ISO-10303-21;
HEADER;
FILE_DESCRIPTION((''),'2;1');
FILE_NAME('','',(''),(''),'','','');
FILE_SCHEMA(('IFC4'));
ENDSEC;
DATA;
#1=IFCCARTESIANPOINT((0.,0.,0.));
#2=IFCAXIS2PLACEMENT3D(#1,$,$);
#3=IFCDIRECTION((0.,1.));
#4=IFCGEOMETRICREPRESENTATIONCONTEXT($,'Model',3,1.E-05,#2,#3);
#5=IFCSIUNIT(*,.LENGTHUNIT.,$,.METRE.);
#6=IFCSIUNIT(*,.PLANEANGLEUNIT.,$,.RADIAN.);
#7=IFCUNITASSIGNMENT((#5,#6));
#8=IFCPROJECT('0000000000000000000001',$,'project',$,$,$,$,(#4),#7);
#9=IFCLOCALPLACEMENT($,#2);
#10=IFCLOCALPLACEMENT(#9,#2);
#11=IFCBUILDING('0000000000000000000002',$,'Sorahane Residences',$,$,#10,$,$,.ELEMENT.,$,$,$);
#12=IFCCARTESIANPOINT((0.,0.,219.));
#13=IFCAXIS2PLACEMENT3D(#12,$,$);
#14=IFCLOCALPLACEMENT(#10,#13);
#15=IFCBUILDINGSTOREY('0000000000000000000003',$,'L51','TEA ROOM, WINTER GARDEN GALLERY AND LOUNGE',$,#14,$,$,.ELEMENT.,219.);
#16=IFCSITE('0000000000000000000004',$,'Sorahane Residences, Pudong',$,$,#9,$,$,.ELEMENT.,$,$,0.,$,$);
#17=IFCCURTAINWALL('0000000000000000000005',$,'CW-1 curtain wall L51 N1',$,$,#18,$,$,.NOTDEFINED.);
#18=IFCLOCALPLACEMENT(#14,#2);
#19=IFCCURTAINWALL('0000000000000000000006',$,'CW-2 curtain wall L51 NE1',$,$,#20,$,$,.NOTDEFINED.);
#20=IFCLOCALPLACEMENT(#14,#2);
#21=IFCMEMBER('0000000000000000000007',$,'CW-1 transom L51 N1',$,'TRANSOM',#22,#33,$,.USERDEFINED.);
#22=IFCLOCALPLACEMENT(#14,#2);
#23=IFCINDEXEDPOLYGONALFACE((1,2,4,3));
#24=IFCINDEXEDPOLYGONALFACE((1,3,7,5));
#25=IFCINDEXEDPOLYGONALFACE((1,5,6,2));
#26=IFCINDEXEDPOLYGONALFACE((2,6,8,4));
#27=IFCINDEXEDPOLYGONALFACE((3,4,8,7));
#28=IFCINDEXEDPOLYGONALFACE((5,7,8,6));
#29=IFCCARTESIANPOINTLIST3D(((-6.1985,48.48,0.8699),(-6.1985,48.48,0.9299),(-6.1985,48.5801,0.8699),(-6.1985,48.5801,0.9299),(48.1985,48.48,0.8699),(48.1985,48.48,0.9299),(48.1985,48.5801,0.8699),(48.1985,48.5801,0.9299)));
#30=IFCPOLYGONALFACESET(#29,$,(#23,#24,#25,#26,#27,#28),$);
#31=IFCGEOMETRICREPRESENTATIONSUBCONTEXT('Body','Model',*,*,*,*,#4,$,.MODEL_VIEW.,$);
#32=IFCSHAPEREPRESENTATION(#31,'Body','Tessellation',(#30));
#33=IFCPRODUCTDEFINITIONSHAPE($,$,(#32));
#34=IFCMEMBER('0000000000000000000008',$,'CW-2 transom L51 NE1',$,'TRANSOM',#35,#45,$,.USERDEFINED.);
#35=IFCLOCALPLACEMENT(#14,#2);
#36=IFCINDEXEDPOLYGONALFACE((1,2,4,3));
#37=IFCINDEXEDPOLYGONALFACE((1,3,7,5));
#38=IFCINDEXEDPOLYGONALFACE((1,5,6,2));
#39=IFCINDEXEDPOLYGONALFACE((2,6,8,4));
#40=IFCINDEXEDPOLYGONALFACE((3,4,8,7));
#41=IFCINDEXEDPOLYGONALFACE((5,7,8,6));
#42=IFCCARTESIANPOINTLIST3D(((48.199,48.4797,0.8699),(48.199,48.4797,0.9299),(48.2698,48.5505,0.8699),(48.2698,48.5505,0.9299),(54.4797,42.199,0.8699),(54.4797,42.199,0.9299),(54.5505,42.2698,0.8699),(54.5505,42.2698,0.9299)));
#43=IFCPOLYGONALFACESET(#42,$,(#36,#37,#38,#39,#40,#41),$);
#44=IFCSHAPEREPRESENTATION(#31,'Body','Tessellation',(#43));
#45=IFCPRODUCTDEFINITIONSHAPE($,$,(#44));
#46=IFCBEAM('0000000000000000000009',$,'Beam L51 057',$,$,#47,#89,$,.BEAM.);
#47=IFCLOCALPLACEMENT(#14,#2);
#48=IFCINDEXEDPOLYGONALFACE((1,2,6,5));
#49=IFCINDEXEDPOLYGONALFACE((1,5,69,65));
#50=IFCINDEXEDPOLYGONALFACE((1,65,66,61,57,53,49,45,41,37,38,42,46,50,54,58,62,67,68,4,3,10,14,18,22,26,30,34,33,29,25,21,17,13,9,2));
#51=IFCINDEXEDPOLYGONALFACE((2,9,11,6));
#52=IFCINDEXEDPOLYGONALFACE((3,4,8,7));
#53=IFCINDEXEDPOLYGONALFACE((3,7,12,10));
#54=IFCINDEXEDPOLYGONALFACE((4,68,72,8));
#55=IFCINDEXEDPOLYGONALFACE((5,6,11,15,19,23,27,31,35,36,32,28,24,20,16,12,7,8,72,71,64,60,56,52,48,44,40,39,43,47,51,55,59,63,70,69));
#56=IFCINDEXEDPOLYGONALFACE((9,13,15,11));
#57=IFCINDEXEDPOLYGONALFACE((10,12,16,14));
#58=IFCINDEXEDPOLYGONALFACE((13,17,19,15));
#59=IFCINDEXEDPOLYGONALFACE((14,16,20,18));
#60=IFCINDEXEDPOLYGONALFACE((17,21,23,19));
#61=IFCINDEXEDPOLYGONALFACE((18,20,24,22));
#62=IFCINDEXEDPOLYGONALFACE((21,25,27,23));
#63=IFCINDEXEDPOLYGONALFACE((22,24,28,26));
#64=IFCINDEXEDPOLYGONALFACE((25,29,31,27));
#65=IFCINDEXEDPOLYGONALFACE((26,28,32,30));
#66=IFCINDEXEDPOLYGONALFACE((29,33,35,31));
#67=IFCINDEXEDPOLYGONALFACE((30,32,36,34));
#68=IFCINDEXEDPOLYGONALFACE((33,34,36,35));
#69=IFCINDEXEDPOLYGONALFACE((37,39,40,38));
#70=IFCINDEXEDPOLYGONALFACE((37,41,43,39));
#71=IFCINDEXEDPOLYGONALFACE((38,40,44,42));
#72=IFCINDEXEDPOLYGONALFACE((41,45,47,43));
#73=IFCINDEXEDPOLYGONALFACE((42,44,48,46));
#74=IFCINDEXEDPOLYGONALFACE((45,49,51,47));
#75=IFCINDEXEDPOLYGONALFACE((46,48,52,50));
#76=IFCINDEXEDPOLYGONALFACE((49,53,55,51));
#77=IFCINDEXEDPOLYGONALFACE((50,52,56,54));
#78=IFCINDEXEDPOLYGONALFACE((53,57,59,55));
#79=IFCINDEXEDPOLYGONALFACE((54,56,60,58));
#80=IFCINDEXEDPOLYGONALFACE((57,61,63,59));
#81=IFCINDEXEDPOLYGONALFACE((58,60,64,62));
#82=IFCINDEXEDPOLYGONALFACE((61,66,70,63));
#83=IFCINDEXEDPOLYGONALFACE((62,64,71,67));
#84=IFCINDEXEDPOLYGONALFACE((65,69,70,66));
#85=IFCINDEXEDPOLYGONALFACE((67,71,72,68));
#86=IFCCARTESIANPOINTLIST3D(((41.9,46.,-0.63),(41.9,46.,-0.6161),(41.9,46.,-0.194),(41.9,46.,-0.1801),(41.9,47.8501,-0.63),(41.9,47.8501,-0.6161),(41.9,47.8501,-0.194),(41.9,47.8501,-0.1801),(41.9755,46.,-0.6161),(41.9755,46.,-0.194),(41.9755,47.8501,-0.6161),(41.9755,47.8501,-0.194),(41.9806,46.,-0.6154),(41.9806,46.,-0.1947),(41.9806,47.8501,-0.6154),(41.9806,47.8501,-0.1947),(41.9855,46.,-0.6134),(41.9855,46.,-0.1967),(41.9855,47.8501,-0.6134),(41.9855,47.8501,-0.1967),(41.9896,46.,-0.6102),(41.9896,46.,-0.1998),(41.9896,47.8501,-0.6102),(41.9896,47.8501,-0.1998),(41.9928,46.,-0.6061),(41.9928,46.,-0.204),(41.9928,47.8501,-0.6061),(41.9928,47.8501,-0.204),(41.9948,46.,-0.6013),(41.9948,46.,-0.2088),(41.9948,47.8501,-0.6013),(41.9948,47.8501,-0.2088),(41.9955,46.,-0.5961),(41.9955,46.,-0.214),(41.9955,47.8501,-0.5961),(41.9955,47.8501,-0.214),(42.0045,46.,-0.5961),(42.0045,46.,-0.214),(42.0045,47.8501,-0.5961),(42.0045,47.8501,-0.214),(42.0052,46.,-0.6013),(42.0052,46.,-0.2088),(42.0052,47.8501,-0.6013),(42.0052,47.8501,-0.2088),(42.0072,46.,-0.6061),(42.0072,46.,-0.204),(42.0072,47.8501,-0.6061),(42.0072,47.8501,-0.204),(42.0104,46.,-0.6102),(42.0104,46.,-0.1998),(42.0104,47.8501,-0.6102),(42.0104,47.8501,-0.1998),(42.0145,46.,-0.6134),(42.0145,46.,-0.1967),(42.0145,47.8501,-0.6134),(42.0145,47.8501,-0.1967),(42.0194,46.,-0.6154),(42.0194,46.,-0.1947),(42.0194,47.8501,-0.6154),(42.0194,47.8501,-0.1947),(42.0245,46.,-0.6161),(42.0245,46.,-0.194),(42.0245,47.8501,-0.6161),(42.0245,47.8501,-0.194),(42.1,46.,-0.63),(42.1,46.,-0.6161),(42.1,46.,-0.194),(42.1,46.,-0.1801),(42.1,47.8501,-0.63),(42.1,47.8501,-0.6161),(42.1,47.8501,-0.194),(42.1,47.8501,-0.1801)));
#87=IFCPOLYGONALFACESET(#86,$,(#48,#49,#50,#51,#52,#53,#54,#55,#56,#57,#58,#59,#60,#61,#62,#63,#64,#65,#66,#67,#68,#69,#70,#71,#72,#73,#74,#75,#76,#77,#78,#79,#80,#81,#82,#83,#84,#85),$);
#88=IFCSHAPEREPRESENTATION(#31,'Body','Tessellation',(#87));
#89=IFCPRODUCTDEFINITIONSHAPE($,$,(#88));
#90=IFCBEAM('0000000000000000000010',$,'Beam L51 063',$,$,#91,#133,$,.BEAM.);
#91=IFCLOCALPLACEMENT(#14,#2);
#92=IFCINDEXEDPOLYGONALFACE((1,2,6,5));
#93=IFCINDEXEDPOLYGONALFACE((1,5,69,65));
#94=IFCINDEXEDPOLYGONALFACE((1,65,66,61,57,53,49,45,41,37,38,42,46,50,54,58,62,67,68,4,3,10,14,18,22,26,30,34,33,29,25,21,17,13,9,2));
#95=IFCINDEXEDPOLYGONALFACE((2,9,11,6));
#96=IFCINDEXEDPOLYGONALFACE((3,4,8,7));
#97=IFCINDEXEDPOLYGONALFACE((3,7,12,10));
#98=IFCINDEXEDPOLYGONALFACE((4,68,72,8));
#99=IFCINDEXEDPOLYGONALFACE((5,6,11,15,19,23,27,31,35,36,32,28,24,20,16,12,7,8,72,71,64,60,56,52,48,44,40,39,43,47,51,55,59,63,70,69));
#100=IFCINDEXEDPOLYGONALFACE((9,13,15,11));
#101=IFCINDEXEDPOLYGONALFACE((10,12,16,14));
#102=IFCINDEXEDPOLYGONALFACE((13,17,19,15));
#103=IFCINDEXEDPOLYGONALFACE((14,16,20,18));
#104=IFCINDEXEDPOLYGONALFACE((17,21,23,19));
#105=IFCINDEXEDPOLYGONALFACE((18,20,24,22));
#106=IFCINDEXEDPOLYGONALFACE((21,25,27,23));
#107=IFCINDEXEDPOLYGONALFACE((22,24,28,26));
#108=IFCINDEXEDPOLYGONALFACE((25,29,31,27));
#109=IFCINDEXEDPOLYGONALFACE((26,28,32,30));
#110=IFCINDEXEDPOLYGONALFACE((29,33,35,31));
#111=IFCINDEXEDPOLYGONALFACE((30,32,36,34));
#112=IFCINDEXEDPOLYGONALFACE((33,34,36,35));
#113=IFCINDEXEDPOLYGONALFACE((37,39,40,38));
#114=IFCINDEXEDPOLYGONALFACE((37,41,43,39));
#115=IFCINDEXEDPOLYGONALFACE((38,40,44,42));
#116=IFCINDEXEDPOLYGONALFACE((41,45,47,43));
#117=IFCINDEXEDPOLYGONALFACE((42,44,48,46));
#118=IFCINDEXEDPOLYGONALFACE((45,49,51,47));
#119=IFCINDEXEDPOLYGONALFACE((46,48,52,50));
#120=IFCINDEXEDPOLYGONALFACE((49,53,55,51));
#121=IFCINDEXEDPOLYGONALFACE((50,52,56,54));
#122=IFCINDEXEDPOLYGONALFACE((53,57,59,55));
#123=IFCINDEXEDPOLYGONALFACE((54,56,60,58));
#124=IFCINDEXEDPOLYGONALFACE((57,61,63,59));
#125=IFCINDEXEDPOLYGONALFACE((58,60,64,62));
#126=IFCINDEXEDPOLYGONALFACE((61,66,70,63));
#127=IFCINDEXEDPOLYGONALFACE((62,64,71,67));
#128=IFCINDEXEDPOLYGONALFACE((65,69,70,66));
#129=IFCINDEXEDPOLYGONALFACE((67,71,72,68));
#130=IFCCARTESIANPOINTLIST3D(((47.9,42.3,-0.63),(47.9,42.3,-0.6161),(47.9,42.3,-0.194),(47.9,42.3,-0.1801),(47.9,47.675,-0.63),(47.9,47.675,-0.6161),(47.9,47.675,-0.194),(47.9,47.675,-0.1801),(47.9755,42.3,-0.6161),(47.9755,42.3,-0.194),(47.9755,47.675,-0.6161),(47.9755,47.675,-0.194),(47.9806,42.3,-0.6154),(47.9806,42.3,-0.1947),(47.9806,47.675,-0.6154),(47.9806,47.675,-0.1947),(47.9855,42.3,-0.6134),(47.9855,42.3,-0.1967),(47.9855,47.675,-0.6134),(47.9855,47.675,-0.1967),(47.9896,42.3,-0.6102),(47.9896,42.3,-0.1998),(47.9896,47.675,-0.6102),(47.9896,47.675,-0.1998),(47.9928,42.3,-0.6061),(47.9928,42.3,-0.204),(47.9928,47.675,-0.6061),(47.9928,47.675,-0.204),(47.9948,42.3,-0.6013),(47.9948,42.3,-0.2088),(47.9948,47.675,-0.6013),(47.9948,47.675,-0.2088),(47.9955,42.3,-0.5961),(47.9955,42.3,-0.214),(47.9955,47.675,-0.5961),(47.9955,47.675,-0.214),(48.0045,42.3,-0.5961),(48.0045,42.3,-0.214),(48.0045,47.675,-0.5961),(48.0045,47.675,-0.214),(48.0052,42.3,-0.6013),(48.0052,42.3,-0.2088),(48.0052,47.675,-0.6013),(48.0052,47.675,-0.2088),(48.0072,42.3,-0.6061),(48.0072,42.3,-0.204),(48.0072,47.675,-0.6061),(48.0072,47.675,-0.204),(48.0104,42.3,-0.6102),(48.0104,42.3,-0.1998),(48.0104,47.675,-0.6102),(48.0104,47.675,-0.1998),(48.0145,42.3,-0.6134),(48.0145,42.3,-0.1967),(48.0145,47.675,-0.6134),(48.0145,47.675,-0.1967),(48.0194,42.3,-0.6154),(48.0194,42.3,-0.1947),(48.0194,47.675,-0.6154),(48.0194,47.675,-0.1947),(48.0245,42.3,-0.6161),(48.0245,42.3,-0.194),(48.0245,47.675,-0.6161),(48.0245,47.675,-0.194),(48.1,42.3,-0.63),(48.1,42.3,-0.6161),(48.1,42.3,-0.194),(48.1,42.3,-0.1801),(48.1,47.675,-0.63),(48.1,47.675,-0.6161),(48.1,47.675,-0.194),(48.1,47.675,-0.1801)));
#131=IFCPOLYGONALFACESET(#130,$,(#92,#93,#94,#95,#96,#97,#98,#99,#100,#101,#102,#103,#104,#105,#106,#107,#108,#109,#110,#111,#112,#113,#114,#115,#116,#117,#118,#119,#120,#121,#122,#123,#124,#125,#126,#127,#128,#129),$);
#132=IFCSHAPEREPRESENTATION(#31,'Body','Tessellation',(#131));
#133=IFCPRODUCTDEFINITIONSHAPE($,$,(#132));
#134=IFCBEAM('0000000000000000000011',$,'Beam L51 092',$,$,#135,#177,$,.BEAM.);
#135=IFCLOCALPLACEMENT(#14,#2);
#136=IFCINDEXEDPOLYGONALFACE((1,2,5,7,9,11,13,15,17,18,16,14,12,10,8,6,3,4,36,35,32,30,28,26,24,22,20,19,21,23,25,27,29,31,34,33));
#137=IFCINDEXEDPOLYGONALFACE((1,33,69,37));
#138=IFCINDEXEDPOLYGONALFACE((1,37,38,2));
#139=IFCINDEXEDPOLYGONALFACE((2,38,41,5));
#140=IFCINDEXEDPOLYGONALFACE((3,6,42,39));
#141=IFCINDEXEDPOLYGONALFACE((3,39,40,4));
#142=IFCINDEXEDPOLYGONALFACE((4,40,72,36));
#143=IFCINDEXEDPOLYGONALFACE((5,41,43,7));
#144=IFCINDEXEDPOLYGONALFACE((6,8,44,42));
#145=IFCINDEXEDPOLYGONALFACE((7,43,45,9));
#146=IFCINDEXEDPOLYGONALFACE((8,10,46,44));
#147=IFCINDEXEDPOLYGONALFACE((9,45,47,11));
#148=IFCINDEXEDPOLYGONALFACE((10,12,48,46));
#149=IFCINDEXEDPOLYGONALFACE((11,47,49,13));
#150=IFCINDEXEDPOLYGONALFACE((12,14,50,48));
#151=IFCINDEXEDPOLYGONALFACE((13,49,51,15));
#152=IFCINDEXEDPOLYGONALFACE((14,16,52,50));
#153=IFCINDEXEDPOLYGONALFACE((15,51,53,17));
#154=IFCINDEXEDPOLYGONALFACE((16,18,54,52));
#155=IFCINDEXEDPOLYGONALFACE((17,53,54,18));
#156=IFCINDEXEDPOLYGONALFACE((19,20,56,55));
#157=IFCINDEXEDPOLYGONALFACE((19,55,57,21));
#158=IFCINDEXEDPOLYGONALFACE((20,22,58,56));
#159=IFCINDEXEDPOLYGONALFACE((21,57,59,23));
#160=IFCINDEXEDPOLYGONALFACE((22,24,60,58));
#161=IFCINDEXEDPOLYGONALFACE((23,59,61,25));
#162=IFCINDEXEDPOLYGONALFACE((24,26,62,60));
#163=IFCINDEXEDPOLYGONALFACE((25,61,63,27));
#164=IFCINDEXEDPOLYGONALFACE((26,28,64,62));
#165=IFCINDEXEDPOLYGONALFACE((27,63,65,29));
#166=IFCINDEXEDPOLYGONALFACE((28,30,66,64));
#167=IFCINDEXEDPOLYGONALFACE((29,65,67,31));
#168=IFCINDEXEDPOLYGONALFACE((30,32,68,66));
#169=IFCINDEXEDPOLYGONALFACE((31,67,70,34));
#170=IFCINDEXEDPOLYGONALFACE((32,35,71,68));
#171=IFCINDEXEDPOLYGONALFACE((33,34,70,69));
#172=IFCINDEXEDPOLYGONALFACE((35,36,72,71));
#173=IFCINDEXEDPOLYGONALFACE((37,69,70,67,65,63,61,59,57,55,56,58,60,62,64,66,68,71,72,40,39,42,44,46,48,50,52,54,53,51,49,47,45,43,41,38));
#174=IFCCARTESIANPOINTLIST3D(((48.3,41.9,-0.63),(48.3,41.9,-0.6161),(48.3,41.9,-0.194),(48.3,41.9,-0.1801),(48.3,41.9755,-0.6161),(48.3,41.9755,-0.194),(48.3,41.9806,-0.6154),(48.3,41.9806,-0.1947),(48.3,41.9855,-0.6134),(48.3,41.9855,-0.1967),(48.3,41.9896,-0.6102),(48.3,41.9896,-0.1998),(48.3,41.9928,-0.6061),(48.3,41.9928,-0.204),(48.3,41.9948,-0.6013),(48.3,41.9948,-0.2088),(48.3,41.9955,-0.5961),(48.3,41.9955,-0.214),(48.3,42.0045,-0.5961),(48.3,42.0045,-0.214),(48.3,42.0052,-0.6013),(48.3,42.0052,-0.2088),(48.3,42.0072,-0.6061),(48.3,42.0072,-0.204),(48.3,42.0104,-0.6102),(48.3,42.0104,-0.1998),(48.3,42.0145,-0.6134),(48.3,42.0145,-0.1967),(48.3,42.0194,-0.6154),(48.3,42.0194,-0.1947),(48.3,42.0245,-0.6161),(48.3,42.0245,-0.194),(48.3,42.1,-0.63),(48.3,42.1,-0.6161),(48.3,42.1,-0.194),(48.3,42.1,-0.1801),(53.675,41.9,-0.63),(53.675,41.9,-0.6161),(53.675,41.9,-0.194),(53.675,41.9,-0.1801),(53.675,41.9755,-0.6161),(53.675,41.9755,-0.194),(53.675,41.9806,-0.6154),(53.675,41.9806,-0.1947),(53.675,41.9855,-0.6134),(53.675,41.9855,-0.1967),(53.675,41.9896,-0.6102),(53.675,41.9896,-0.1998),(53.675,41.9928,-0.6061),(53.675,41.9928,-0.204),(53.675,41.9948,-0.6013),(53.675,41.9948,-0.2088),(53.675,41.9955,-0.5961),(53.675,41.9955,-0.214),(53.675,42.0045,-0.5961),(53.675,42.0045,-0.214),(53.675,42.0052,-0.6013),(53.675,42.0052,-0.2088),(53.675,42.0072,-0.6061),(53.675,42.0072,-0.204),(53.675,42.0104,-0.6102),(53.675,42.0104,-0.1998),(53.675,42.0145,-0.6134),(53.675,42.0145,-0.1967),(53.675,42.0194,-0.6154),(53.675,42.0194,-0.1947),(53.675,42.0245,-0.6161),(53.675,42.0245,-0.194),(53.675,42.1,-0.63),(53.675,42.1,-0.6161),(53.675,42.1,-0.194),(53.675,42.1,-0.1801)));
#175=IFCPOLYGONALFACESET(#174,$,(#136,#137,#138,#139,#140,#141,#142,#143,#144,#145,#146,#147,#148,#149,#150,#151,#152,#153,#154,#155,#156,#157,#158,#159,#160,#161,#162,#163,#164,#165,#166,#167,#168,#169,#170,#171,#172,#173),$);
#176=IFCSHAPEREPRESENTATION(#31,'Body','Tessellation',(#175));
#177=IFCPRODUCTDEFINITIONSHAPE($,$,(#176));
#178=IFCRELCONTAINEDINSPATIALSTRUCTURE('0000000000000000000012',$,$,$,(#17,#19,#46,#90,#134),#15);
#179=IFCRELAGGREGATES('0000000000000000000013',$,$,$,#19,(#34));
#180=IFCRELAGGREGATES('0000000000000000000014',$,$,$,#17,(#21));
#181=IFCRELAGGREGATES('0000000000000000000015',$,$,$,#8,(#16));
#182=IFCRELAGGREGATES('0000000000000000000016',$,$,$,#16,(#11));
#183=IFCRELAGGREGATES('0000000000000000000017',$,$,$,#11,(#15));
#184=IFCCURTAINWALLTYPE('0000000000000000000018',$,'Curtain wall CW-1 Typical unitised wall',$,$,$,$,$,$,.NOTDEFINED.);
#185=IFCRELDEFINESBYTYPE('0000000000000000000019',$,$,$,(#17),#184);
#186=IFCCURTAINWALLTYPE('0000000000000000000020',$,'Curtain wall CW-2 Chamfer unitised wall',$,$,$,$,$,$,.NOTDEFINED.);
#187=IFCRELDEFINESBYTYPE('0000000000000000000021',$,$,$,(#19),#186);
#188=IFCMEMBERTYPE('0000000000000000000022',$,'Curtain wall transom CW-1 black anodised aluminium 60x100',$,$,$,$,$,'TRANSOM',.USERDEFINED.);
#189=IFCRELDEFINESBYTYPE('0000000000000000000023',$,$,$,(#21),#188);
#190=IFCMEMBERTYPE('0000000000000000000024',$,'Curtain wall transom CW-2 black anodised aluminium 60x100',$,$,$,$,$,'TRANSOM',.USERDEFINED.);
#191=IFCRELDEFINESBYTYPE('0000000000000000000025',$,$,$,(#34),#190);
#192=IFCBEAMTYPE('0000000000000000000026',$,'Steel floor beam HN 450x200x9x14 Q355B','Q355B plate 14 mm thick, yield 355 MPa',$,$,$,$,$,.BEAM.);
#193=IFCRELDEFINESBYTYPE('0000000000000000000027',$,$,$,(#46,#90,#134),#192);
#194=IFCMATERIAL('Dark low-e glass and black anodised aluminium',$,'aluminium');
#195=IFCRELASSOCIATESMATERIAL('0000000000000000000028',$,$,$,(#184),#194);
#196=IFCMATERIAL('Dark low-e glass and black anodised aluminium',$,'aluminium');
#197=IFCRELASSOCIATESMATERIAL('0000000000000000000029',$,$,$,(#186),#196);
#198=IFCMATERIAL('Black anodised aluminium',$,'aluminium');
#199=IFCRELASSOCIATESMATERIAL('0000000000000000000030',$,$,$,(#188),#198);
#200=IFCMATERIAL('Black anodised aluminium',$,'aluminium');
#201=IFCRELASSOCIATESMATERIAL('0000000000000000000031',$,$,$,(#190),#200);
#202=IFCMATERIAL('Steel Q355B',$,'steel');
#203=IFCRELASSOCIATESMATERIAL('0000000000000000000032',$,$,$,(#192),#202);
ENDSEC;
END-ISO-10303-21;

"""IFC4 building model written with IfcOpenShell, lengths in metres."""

from ifc_helpers import new_model, si_unit, direction, frame, origin, origin_2d, place, context, subcontext, project, spatial, rectangle, i_section, extrude, material, material_profile, profile_set, type_object, element, aggregate, save


model = new_model("IFC4")

# Units and contexts
model_context = context("Model", 3, precision=1e-05, world=origin(), true_north=direction((0.0, 1.0)))
body_context = subcontext(model_context, "Body", "Model", "MODEL_VIEW")
ifc_project = project(units=[si_unit("LENGTHUNIT", "METRE"), si_unit("PLANEANGLEUNIT", "RADIAN")], contexts=[model_context])

# Site, building, storey
site_placement = place(None, origin())
site = spatial("IfcSite", under=ifc_project, at=site_placement, Name="Sorahane Residences, Pudong", CompositionType="ELEMENT", RefElevation=0.0)
building_placement = place(site_placement, origin())
building = spatial("IfcBuilding", under=site, at=building_placement, Name="Sorahane Residences", CompositionType="ELEMENT")
storey_placement = place(building_placement, frame((0.0, 0.0, 219.0)))
storey = spatial("IfcBuildingStorey", under=building, at=storey_placement, Name="L51", Description="TEA ROOM, WINTER GARDEN GALLERY AND LOUNGE", CompositionType="ELEMENT", Elevation=219.0)

# Curtain wall
ifc_material_1 = material(Name="Dark low-e glass and black anodised aluminium", Category="aluminium")
curtain_wall_type_1 = type_object("IfcCurtainWallType", Name="Curtain wall CW-1 Typical unitised wall", PredefinedType="NOTDEFINED", material=ifc_material_1)
curtain_wall_1_placement = place(storey_placement, origin())
curtain_wall_1 = element("IfcCurtainWall", 1, at=curtain_wall_1_placement, inside=storey, type_object=curtain_wall_type_1, Name="CW-1 curtain wall L51 N1", PredefinedType="NOTDEFINED")

# Curtain wall
ifc_material_2 = material(Name="Dark low-e glass and black anodised aluminium", Category="aluminium")
curtain_wall_type_2 = type_object("IfcCurtainWallType", Name="Curtain wall CW-2 Chamfer unitised wall", PredefinedType="NOTDEFINED", material=ifc_material_2)
curtain_wall_2_placement = place(storey_placement, origin())
curtain_wall_2 = element("IfcCurtainWall", 2, at=curtain_wall_2_placement, inside=storey, type_object=curtain_wall_type_2, Name="CW-2 curtain wall L51 NE1", PredefinedType="NOTDEFINED")

# Members
ifc_material_3 = material(Name="Black anodised aluminium", Category="aluminium")
ifc_material_profile_1 = material_profile(ifc_material_3, rectangle(XDim=0.1001, YDim=0.0601, at=origin_2d()), Name="Curtain wall transom CW-1 black anodised aluminium 60x100")
ifc_profile_set_1 = profile_set([ifc_material_profile_1], Name="Black anodised aluminium")
member_type_1 = type_object("IfcMemberType", Name="Curtain wall transom CW-1 black anodised aluminium 60x100", ElementType="TRANSOM", PredefinedType="USERDEFINED", material=ifc_profile_set_1)
member_1_placement = place(storey_placement, frame((48.1985, 48.53, 0.8999), z_axis=(-1.0, 0.0, 0.0), x_axis=(0.0, -1.0, 0.0)))
member_1 = element("IfcMember", 3, at=member_1_placement, type_object=member_type_1, Name="CW-1 transom L51 N1", ObjectType="TRANSOM", PredefinedType="USERDEFINED", context=body_context, shape_type="SweptSolid", body=[
    extrude(rectangle(XDim=0.1001, YDim=0.0601, at=origin_2d()), origin(), (0.0, 0.0, 1.0), 54.397),
])
ifc_material_4 = material(Name="Black anodised aluminium", Category="aluminium")
ifc_material_profile_2 = material_profile(ifc_material_4, rectangle(XDim=0.1001, YDim=0.0601, at=origin_2d()), Name="Curtain wall transom CW-2 black anodised aluminium 60x100")
ifc_profile_set_2 = profile_set([ifc_material_profile_2], Name="Black anodised aluminium")
member_type_2 = type_object("IfcMemberType", Name="Curtain wall transom CW-2 black anodised aluminium 60x100", ElementType="TRANSOM", PredefinedType="USERDEFINED", material=ifc_profile_set_2)
member_2_placement = place(storey_placement, frame((54.5151, 42.2344, 0.8999), z_axis=(-0.707107, 0.707107, 0.0), x_axis=(-0.707107, -0.707107, 0.0)))
member_2 = element("IfcMember", 4, at=member_2_placement, type_object=member_type_2, Name="CW-2 transom L51 NE1", ObjectType="TRANSOM", PredefinedType="USERDEFINED", context=body_context, shape_type="SweptSolid", body=[
    extrude(rectangle(XDim=0.1001, YDim=0.0601, at=origin_2d()), origin(), (0.0, 0.0, 1.0), 8.8823),
])

# Beams
ifc_material_5 = material(Name="Steel Q355B", Category="steel")
ifc_material_profile_3 = material_profile(ifc_material_5, i_section(OverallWidth=0.2, OverallDepth=0.45, WebThickness=0.009, FlangeThickness=0.0139, FilletRadius=0.02, at=origin_2d()), Name="HN 450x200x9x14")
ifc_profile_set_3 = profile_set([ifc_material_profile_3], Name="Steel Q355B")
beam_type_1 = type_object("IfcBeamType", Name="Steel floor beam HN 450x200x9x14 Q355B", Description="Q355B plate 14 mm thick, yield 355 MPa", PredefinedType="BEAM", material=ifc_profile_set_3)
beam_1_placement = place(storey_placement, frame((42.0, 46.0, -0.405), z_axis=(0.0, 1.0, 0.0), x_axis=(-1.0, 0.0, 0.0)))
element("IfcBeam", 5, at=beam_1_placement, inside=storey, type_object=beam_type_1, Name="Beam L51 057", PredefinedType="BEAM", context=body_context, shape_type="SweptSolid", body=[
    extrude(i_section(OverallWidth=0.2, OverallDepth=0.45, WebThickness=0.009, FlangeThickness=0.0139, FilletRadius=0.02, at=origin_2d()), origin(), (0.0, 0.0, 1.0), 1.8501),
])
for number, where, z_axis, x_axis, name in (
    (6, (48.0, 42.3, -0.405), (0.0, 1.0, 0.0), (-1.0, 0.0, 0.0), "Beam L51 063"),
    (7, (48.3, 42.0, -0.405), (1.0, 0.0, 0.0), (0.0, 1.0, 0.0), "Beam L51 092"),
):
    element("IfcBeam", number, at=place(storey_placement, frame(where, z_axis=z_axis, x_axis=x_axis)), inside=storey, type_object=beam_type_1, Name=name, PredefinedType="BEAM", context=body_context, shape_type="SweptSolid", body=[
        extrude(i_section(OverallWidth=0.2, OverallDepth=0.45, WebThickness=0.009, FlangeThickness=0.0139, FilletRadius=0.02, at=origin_2d()), origin(), (0.0, 0.0, 1.0), 5.375),
    ])

aggregate(curtain_wall_2, [member_2])
aggregate(curtain_wall_1, [member_1])

save(model, "model.ifc")
